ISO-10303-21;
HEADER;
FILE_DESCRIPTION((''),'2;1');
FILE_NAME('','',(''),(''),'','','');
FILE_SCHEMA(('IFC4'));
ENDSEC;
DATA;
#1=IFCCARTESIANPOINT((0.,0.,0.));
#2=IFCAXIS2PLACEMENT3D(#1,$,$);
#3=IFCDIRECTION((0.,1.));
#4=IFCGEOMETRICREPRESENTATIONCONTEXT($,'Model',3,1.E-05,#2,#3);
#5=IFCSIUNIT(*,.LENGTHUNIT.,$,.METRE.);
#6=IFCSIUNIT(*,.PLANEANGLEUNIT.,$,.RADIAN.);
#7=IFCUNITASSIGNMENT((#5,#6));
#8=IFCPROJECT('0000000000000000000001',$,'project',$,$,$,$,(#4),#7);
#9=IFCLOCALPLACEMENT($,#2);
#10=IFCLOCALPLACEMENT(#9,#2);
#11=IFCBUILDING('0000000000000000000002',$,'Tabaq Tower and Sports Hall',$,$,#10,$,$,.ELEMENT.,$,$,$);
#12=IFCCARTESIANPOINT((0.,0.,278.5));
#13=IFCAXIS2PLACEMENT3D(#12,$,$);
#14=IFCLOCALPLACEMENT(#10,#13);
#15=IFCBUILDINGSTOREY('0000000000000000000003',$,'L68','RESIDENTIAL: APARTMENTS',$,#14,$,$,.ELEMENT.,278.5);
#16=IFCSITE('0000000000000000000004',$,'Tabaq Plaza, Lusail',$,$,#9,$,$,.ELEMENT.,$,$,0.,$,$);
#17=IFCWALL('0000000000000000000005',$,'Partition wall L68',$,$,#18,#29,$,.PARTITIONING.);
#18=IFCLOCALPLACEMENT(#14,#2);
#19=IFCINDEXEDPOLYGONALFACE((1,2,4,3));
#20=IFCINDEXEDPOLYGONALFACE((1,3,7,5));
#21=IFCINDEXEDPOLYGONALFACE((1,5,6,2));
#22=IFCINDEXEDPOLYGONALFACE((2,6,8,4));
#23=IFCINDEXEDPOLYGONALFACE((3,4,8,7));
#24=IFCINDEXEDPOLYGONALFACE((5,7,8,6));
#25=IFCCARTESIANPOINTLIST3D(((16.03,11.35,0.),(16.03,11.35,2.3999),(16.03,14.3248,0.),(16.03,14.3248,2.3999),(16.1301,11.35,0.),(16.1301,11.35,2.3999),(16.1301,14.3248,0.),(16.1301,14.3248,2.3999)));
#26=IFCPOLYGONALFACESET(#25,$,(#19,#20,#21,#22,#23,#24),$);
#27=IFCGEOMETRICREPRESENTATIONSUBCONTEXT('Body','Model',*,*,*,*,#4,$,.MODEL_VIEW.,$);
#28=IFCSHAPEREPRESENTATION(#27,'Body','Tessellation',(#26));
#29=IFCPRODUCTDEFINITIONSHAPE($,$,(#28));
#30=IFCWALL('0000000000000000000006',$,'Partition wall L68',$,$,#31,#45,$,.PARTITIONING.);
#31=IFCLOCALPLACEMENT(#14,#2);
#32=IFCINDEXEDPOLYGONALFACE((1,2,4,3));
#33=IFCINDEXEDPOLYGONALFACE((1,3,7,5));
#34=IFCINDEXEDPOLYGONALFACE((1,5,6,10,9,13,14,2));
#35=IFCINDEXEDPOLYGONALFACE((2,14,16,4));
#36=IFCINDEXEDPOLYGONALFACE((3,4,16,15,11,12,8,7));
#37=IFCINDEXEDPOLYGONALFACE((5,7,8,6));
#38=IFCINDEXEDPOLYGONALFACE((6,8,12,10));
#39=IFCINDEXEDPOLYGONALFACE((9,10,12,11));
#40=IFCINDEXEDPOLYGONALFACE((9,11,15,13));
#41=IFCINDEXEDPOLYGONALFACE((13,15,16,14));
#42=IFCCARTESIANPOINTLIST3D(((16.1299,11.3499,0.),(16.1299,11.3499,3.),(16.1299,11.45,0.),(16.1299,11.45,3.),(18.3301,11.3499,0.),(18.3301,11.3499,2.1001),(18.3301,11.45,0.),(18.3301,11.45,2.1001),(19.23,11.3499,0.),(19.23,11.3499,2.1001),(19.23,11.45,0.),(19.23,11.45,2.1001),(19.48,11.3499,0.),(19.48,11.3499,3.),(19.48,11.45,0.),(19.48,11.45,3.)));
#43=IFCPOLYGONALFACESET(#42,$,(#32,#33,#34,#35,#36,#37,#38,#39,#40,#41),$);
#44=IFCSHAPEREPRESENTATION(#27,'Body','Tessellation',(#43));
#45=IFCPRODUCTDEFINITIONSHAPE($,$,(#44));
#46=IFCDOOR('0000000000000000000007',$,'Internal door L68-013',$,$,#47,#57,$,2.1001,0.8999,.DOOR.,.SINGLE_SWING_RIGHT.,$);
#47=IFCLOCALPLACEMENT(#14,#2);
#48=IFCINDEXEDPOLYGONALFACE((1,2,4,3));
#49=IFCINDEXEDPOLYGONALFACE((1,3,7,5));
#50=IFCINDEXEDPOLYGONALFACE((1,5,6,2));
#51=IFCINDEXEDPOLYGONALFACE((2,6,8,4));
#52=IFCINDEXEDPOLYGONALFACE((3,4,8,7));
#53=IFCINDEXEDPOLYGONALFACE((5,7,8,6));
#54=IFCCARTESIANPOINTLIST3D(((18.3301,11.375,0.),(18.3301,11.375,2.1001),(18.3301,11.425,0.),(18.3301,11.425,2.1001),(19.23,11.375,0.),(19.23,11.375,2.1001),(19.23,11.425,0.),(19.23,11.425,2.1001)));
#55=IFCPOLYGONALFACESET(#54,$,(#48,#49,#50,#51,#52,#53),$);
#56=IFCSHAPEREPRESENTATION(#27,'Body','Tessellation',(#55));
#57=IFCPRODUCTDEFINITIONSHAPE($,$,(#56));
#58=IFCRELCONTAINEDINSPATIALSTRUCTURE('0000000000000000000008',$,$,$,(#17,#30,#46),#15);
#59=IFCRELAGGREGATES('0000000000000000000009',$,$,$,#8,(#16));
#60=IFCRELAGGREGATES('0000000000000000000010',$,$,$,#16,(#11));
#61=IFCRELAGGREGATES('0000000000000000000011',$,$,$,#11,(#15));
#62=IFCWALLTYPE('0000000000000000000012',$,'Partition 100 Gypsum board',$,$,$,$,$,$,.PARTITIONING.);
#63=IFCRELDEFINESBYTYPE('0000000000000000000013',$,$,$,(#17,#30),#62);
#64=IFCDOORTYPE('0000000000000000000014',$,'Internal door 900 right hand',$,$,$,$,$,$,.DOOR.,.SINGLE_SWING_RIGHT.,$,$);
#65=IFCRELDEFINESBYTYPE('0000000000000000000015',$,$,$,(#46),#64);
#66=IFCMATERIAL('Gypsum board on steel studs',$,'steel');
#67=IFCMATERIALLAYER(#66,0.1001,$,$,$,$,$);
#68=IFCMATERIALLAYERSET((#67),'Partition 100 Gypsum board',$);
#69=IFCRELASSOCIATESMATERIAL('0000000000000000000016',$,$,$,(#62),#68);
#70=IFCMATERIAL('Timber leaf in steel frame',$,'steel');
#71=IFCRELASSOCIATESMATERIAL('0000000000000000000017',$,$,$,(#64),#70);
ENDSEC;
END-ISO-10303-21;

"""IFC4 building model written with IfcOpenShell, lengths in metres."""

from ifc_helpers import new_model, si_unit, direction, frame, frame_2d, origin, place, context, subcontext, project, spatial, rectangle, extrude, material, layer, layer_set, type_object, element, fill, save


model = new_model("IFC4")

# Units and contexts
model_context = context("Model", 3, precision=1e-05, world=origin(), true_north=direction((0.0, 1.0)))
body_context = subcontext(model_context, "Body", "Model", "MODEL_VIEW")
ifc_project = project(units=[si_unit("LENGTHUNIT", "METRE"), si_unit("PLANEANGLEUNIT", "RADIAN")], contexts=[model_context])

# Site, building, storey
site_placement = place(None, origin())
site = spatial("IfcSite", under=ifc_project, at=site_placement, Name="Tabaq Plaza, Lusail", CompositionType="ELEMENT", RefElevation=0.0)
building_placement = place(site_placement, origin())
building = spatial("IfcBuilding", under=site, at=building_placement, Name="Tabaq Tower and Sports Hall", CompositionType="ELEMENT")
storey_placement = place(building_placement, frame((0.0, 0.0, 278.5)))
storey = spatial("IfcBuildingStorey", under=building, at=storey_placement, Name="L68", Description="RESIDENTIAL: APARTMENTS", CompositionType="ELEMENT", Elevation=278.5)

# Shared definitions
ifc_material_1 = material(Name="Gypsum board on steel studs", Category="steel")
ifc_layer = layer(ifc_material_1, 0.1001)
ifc_layer_set = layer_set([ifc_layer], Name="Partition 100 Gypsum board")
wall_type = type_object("IfcWallType", Name="Partition 100 Gypsum board", PredefinedType="PARTITIONING", material=ifc_layer_set)
ifc_material_2 = material(Name="Timber leaf in steel frame", Category="steel")
door_type_1 = type_object("IfcDoorType", Name="Internal door 900 right hand", OperationType="SINGLE_SWING_RIGHT", PredefinedType="DOOR", material=ifc_material_2)

# Wall
wall_1_placement = place(storey_placement, frame((16.0801, 11.3501, 0.0), z_axis=(0.0, 0.0, 1.0), x_axis=(0.0, 1.0, 0.0)))
element("IfcWall", 1, at=wall_1_placement, inside=storey, type_object=wall_type, Name="Partition wall L68", PredefinedType="PARTITIONING", context=body_context, shape_type="SweptSolid", body=[
    extrude(rectangle(XDim=2.9749, YDim=0.1001, at=frame_2d((1.4873, 0.0))), origin(), (0.0, 0.0, 1.0), 2.3999),
])

# Wall, opening, door
wall_2_placement = place(storey_placement, frame((19.48, 11.3999, 0.0), z_axis=(0.0, 0.0, 1.0), x_axis=(-1.0, 0.0, 0.0)))
wall_2 = element("IfcWall", 2, at=wall_2_placement, inside=storey, type_object=wall_type, Name="Partition wall L68", PredefinedType="PARTITIONING", context=body_context, shape_type="SweptSolid", body=[
    extrude(rectangle(XDim=3.3501, YDim=0.1001, at=frame_2d((1.675, 0.0))), origin(), (0.0, 0.0, 1.0), 3.0),
])
opening_1_placement = place(wall_2_placement, frame((0.25, 0.0, 0.0)))
opening_1 = element("IfcOpeningElement", 3, at=opening_1_placement, cuts=wall_2, PredefinedType="OPENING", context=body_context, shape_type="SweptSolid", body=[
    extrude(rectangle(XDim=0.8999, YDim=2.1001, at=frame_2d((0.45, 1.05))), frame((0.0, 0.05, 0.0), z_axis=(0.0, -1.0, 0.0), x_axis=(1.0, 0.0, 0.0)), (0.0, 0.0, 1.0), 0.1001),
])
door_1_placement = place(opening_1_placement, origin())
door_1 = element("IfcDoor", 4, at=door_1_placement, inside=storey, type_object=door_type_1, Name="Internal door L68-013", OperationType="SINGLE_SWING_RIGHT", OverallHeight=2.1001, OverallWidth=0.8999, PredefinedType="DOOR", context=body_context, shape_type="SweptSolid", body=[
    extrude(rectangle(XDim=0.8999, YDim=2.1001, at=frame_2d((0.45, 1.05))), frame((0.0, 0.0249, 0.0), z_axis=(0.0, -1.0, 0.0), x_axis=(1.0, 0.0, 0.0)), (0.0, 0.0, 1.0), 0.05),
])
fill(opening_1, door_1)

save(model, "model.ifc")
